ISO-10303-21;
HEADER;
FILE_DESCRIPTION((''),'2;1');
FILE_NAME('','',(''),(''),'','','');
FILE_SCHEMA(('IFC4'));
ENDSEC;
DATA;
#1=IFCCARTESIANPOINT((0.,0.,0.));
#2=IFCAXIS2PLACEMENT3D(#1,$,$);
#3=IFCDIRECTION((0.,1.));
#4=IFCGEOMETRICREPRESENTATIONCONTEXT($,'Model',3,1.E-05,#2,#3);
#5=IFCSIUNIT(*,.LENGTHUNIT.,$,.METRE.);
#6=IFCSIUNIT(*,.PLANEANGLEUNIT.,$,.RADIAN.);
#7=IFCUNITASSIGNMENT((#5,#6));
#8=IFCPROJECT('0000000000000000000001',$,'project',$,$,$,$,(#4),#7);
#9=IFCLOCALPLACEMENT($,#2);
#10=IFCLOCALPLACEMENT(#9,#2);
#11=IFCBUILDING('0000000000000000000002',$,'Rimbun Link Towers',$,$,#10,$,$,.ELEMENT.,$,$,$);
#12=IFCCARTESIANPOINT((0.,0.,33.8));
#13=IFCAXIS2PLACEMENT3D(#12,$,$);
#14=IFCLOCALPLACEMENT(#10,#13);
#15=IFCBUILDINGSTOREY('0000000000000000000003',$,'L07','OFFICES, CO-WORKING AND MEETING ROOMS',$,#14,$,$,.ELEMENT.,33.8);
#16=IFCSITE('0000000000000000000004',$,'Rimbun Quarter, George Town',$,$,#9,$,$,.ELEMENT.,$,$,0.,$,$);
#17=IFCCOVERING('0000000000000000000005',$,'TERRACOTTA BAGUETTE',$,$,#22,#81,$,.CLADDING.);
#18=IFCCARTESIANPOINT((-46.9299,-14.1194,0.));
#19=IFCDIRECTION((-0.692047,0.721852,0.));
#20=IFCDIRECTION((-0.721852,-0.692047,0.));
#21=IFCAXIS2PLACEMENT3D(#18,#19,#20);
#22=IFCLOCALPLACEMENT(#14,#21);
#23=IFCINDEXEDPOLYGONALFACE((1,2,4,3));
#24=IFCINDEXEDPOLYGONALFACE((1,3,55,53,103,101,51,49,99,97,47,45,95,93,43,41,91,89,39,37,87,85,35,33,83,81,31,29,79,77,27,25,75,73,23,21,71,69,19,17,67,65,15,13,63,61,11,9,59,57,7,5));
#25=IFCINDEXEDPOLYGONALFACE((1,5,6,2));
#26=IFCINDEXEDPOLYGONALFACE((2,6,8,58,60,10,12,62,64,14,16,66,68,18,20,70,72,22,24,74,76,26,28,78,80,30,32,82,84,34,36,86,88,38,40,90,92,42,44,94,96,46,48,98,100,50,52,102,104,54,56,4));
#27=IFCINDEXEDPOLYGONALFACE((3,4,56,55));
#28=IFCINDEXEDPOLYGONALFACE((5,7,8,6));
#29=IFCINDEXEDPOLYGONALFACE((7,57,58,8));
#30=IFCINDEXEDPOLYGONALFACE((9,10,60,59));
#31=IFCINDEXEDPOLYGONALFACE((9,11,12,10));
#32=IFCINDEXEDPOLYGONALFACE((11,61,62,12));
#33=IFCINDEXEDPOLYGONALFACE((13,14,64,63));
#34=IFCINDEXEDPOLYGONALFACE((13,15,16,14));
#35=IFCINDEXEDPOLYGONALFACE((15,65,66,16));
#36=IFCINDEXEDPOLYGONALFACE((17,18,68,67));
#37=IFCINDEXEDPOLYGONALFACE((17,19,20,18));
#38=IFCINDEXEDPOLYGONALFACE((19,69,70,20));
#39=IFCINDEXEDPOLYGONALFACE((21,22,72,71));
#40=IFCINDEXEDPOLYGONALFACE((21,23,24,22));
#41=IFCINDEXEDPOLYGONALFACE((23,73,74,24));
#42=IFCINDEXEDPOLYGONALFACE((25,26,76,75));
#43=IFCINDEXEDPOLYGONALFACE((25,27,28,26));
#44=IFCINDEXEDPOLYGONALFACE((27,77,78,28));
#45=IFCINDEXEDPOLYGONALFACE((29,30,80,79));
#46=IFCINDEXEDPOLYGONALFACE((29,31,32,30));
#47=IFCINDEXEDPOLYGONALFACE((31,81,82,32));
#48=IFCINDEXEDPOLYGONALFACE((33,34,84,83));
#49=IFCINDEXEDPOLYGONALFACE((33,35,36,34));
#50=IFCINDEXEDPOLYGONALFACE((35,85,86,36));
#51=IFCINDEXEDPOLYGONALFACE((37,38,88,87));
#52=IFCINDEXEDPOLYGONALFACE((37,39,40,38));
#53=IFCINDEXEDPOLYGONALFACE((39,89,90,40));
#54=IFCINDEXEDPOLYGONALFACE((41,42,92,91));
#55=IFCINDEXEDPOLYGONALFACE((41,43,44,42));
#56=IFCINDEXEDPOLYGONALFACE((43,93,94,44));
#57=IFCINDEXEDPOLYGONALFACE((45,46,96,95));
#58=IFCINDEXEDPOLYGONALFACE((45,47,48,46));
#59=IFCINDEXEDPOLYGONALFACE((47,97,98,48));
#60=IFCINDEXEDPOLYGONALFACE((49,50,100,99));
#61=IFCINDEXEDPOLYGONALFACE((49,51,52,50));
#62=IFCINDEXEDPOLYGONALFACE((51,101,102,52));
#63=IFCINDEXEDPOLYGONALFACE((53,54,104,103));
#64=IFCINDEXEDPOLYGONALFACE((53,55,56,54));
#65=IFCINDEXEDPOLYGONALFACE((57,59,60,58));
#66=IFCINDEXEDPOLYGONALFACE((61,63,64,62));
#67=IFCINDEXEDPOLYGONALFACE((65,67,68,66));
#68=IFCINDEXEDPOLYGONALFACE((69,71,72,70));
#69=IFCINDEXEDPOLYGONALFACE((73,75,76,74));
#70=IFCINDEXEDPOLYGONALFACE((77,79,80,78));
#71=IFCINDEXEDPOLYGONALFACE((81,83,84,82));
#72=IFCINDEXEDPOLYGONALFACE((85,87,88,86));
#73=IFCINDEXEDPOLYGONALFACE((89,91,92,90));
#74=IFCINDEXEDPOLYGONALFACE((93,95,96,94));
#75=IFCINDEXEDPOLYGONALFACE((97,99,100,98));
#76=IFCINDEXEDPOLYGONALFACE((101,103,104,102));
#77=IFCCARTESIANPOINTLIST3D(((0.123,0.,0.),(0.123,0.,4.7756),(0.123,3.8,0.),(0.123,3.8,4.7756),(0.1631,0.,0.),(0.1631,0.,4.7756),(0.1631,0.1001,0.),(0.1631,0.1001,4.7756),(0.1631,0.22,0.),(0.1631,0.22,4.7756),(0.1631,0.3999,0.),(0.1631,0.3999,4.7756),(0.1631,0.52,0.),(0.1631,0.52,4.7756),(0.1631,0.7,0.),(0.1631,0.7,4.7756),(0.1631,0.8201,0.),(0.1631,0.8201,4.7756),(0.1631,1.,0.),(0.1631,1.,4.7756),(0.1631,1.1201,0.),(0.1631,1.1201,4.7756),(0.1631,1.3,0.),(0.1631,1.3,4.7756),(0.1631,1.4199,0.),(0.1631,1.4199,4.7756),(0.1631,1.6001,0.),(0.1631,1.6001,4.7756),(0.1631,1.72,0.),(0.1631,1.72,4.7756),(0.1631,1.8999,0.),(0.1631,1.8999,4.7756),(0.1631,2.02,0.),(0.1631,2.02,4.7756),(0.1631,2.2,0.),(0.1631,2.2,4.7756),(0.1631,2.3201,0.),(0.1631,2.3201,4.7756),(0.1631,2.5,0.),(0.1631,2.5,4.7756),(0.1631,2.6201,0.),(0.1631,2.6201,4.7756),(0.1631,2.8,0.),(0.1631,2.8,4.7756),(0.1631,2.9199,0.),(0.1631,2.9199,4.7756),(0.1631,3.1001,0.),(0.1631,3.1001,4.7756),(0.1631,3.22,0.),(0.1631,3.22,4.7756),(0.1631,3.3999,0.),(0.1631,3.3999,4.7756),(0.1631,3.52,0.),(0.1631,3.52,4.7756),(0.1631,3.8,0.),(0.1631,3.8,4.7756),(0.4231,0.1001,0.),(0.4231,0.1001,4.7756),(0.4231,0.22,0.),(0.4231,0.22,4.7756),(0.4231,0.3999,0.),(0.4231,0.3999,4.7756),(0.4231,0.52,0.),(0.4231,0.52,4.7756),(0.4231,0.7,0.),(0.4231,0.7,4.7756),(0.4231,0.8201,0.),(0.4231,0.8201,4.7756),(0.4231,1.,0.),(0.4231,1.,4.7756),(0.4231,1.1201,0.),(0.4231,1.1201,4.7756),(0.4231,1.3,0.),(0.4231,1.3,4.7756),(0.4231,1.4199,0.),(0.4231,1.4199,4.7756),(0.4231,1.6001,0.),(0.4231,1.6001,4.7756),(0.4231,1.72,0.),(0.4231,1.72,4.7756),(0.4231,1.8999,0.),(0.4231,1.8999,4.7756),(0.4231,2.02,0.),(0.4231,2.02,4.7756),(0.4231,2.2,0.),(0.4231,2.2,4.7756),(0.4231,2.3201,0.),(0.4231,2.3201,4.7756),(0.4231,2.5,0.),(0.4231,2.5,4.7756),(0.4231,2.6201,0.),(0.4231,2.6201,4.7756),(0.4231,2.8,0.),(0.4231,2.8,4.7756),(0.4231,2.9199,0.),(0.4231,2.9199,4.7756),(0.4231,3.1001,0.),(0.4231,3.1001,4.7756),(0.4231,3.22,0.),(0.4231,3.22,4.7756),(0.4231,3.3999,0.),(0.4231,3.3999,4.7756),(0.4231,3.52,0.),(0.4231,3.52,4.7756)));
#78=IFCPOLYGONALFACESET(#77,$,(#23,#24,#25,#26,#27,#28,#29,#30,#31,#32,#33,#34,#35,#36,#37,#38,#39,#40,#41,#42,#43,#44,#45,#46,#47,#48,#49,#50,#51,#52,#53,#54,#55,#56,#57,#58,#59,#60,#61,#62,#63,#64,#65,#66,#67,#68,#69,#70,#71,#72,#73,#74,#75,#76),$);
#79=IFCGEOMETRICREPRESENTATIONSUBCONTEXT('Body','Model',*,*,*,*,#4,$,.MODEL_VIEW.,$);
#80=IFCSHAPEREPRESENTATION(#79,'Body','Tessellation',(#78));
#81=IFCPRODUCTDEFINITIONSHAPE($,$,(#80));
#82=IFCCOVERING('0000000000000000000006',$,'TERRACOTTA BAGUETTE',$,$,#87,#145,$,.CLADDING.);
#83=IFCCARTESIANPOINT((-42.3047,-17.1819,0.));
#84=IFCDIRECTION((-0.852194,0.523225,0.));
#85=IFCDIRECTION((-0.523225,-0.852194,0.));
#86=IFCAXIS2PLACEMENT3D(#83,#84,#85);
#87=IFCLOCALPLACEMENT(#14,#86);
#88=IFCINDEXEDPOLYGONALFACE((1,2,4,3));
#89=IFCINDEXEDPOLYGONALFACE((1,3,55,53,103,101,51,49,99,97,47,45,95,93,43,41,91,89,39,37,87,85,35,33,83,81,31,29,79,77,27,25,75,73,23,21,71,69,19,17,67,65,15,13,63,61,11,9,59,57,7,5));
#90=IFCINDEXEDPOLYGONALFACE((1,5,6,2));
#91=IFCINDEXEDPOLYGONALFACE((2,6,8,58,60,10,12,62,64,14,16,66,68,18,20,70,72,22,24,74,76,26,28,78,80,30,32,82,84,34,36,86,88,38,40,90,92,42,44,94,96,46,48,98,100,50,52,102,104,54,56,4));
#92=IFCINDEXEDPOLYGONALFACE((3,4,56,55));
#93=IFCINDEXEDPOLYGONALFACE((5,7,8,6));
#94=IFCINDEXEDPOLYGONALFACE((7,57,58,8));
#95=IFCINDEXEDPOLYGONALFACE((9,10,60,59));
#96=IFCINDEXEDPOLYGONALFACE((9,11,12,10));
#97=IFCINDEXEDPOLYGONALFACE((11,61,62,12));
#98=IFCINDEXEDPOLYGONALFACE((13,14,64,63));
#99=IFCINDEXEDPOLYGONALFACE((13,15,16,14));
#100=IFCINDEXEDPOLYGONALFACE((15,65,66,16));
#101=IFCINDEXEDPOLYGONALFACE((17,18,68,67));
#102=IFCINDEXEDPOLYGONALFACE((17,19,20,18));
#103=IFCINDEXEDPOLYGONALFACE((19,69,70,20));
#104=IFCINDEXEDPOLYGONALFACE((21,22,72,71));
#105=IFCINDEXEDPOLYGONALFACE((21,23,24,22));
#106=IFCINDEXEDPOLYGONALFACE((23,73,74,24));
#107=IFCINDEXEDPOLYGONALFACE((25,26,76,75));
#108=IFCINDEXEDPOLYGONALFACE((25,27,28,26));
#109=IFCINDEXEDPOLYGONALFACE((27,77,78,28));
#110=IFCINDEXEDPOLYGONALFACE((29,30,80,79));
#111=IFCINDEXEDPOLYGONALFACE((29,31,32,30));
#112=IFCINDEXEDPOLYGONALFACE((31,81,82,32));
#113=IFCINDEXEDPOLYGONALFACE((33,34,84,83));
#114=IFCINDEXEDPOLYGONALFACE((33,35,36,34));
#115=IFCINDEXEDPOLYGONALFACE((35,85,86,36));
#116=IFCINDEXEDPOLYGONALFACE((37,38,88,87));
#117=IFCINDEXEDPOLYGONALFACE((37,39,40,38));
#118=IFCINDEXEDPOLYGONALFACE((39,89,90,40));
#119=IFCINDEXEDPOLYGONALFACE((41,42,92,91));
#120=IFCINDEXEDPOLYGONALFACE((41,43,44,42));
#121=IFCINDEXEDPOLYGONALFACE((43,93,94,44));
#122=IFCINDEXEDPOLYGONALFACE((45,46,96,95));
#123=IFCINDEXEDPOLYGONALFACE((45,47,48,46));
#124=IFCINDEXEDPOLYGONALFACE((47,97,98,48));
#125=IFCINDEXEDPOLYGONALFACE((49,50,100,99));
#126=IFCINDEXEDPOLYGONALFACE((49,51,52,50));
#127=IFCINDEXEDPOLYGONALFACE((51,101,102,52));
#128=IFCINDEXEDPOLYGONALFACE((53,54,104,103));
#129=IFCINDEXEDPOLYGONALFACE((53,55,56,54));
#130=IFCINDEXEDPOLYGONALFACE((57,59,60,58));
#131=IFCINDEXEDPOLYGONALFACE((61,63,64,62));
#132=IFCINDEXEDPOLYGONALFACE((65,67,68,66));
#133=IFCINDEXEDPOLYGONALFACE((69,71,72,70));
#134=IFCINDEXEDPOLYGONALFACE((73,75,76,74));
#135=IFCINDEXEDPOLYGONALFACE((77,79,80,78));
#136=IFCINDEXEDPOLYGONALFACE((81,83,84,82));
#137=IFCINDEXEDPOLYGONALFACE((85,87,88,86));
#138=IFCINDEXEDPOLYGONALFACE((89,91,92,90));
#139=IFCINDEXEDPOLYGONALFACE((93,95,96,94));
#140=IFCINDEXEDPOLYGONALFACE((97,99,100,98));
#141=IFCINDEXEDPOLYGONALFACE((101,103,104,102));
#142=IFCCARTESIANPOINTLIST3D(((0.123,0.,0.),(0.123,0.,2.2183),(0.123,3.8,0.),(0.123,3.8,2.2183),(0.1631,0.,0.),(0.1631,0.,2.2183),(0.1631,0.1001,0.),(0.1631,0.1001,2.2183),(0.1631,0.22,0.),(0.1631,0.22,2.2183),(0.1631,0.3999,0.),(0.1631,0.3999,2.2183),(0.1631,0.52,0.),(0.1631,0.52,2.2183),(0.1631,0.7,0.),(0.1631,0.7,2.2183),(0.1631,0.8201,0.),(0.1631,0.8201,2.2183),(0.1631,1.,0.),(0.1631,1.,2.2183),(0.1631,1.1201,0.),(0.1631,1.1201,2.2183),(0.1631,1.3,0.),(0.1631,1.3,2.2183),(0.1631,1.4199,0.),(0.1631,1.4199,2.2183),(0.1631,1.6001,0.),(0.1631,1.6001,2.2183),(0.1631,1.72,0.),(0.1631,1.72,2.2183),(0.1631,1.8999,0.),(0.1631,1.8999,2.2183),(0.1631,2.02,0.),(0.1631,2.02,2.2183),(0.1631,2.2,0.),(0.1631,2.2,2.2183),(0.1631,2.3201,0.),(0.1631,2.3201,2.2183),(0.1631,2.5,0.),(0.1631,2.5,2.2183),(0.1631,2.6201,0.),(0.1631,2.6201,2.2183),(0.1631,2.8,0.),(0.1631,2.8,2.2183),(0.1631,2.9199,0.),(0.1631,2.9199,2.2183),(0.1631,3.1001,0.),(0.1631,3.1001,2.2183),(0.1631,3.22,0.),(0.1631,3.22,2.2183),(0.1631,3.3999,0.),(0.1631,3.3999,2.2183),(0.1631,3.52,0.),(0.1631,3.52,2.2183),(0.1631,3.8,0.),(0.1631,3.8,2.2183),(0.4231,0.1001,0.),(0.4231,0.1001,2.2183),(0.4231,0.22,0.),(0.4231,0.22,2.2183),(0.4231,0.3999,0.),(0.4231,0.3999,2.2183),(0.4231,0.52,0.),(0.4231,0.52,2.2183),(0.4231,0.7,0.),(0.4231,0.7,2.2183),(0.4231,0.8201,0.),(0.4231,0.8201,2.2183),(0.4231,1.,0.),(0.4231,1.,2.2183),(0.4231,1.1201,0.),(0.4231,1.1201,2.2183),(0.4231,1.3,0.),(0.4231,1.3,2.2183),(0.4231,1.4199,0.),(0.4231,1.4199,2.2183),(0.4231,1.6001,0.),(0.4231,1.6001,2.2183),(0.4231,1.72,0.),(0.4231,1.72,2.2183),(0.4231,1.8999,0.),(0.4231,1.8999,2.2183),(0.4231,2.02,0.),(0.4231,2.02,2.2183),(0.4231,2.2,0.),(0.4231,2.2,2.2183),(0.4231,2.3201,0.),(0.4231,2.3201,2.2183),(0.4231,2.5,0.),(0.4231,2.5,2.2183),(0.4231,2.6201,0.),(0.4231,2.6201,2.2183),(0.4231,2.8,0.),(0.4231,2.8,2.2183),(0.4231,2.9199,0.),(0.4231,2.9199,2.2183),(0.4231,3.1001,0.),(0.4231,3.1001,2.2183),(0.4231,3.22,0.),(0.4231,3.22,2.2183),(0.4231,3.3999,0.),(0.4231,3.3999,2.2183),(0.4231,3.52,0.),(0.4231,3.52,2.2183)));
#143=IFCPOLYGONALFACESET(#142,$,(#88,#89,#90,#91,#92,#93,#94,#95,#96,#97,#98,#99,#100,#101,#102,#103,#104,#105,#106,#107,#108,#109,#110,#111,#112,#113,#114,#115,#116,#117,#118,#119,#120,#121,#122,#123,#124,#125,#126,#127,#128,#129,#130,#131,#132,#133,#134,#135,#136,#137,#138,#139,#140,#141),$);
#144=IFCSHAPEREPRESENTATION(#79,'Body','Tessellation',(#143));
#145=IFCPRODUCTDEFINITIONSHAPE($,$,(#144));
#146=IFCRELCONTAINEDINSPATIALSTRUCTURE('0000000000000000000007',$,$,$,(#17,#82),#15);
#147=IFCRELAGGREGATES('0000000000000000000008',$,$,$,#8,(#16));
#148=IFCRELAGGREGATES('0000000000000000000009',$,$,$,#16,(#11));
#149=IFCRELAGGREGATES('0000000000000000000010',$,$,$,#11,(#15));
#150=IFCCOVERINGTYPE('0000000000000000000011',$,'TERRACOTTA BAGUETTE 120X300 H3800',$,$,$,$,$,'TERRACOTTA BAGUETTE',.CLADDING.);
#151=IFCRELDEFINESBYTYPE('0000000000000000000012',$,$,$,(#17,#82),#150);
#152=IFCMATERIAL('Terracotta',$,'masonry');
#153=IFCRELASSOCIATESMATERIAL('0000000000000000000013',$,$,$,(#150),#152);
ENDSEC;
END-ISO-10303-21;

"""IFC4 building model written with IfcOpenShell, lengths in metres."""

from ifc_helpers import new_model, si_unit, direction, frame, origin, place, context, subcontext, project, spatial, polyline, outline, extrude, material, material_profile, profile_set, type_object, element, save


model = new_model("IFC4")

# Units and contexts
model_context = context("Model", 3, precision=1e-05, world=origin(), true_north=direction((0.0, 1.0)))
body_context = subcontext(model_context, "Body", "Model", "MODEL_VIEW")
ifc_project = project(units=[si_unit("LENGTHUNIT", "METRE"), si_unit("PLANEANGLEUNIT", "RADIAN")], contexts=[model_context])

# Site, building, storey
site_placement = place(None, origin())
site = spatial("IfcSite", under=ifc_project, at=site_placement, Name="Rimbun Quarter, George Town", CompositionType="ELEMENT", RefElevation=0.0)
building_placement = place(site_placement, origin())
building = spatial("IfcBuilding", under=site, at=building_placement, Name="Rimbun Link Towers", CompositionType="ELEMENT")
storey_placement = place(building_placement, frame((0.0, 0.0, 33.8)))
storey = spatial("IfcBuildingStorey", under=building, at=storey_placement, Name="L07", Description="OFFICES, CO-WORKING AND MEETING ROOMS", CompositionType="ELEMENT", Elevation=33.8)

# Coverings
ifc_material_1 = material(Name="Terracotta", Category="masonry")
ifc_material_profile_1 = material_profile(ifc_material_1, outline(polyline([(0.123, 0.0), (0.1631, 0.0), (0.1631, 0.1001), (0.4231, 0.1001), (0.4231, 0.22), (0.1631, 0.22), (0.1631, 0.3999), (0.4231, 0.3999), (0.4231, 0.52), (0.1631, 0.52), (0.1631, 0.7), (0.4231, 0.7), (0.4231, 0.8201), (0.1631, 0.8201), (0.1631, 1.0), (0.4231, 1.0), (0.4231, 1.1201), (0.1631, 1.1201), (0.1631, 1.3), (0.4231, 1.3), (0.4231, 1.4199), (0.1631, 1.4199), (0.1631, 1.6001), (0.4231, 1.6001), (0.4231, 1.72), (0.1631, 1.72), (0.1631, 1.8999), (0.4231, 1.8999), (0.4231, 2.02), (0.1631, 2.02), (0.1631, 2.2), (0.4231, 2.2), (0.4231, 2.3201), (0.1631, 2.3201), (0.1631, 2.5), (0.4231, 2.5), (0.4231, 2.6201), (0.1631, 2.6201), (0.1631, 2.8), (0.4231, 2.8), (0.4231, 2.9199), (0.1631, 2.9199), (0.1631, 3.1001), (0.4231, 3.1001), (0.4231, 3.22), (0.1631, 3.22), (0.1631, 3.3999), (0.4231, 3.3999), (0.4231, 3.52), (0.1631, 3.52), (0.1631, 3.8), (0.123, 3.8), (0.123, 0.0)])), Name="BAGUETTE 120X300")
ifc_profile_set_1 = profile_set([ifc_material_profile_1], Name="Terracotta")
covering_type = type_object("IfcCoveringType", Name="TERRACOTTA BAGUETTE 120X300 H3800", ElementType="TERRACOTTA BAGUETTE", PredefinedType="CLADDING", material=ifc_profile_set_1)
covering_1_placement = place(storey_placement, frame((-46.9299, -14.1194, 0.0), z_axis=(-0.692047, 0.721852, 0.0), x_axis=(-0.721852, -0.692047, 0.0)))
element("IfcCovering", 1, at=covering_1_placement, inside=storey, type_object=covering_type, Name="TERRACOTTA BAGUETTE", PredefinedType="CLADDING", context=body_context, shape_type="SweptSolid", body=[
    extrude(outline(polyline([(0.123, 0.0), (0.1631, 0.0), (0.1631, 0.1001), (0.4231, 0.1001), (0.4231, 0.22), (0.1631, 0.22), (0.1631, 0.3999), (0.4231, 0.3999), (0.4231, 0.52), (0.1631, 0.52), (0.1631, 0.7), (0.4231, 0.7), (0.4231, 0.8201), (0.1631, 0.8201), (0.1631, 1.0), (0.4231, 1.0), (0.4231, 1.1201), (0.1631, 1.1201), (0.1631, 1.3), (0.4231, 1.3), (0.4231, 1.4199), (0.1631, 1.4199), (0.1631, 1.6001), (0.4231, 1.6001), (0.4231, 1.72), (0.1631, 1.72), (0.1631, 1.8999), (0.4231, 1.8999), (0.4231, 2.02), (0.1631, 2.02), (0.1631, 2.2), (0.4231, 2.2), (0.4231, 2.3201), (0.1631, 2.3201), (0.1631, 2.5), (0.4231, 2.5), (0.4231, 2.6201), (0.1631, 2.6201), (0.1631, 2.8), (0.4231, 2.8), (0.4231, 2.9199), (0.1631, 2.9199), (0.1631, 3.1001), (0.4231, 3.1001), (0.4231, 3.22), (0.1631, 3.22), (0.1631, 3.3999), (0.4231, 3.3999), (0.4231, 3.52), (0.1631, 3.52), (0.1631, 3.8), (0.123, 3.8), (0.123, 0.0)])), origin(), (0.0, 0.0, 1.0), 4.7756),
])
covering_2_placement = place(storey_placement, frame((-42.3047, -17.1819, 0.0), z_axis=(-0.852194, 0.523225, 0.0), x_axis=(-0.523225, -0.852194, 0.0)))
element("IfcCovering", 2, at=covering_2_placement, inside=storey, type_object=covering_type, Name="TERRACOTTA BAGUETTE", PredefinedType="CLADDING", context=body_context, shape_type="SweptSolid", body=[
    extrude(outline(polyline([(0.123, 0.0), (0.1631, 0.0), (0.1631, 0.1001), (0.4231, 0.1001), (0.4231, 0.22), (0.1631, 0.22), (0.1631, 0.3999), (0.4231, 0.3999), (0.4231, 0.52), (0.1631, 0.52), (0.1631, 0.7), (0.4231, 0.7), (0.4231, 0.8201), (0.1631, 0.8201), (0.1631, 1.0), (0.4231, 1.0), (0.4231, 1.1201), (0.1631, 1.1201), (0.1631, 1.3), (0.4231, 1.3), (0.4231, 1.4199), (0.1631, 1.4199), (0.1631, 1.6001), (0.4231, 1.6001), (0.4231, 1.72), (0.1631, 1.72), (0.1631, 1.8999), (0.4231, 1.8999), (0.4231, 2.02), (0.1631, 2.02), (0.1631, 2.2), (0.4231, 2.2), (0.4231, 2.3201), (0.1631, 2.3201), (0.1631, 2.5), (0.4231, 2.5), (0.4231, 2.6201), (0.1631, 2.6201), (0.1631, 2.8), (0.4231, 2.8), (0.4231, 2.9199), (0.1631, 2.9199), (0.1631, 3.1001), (0.4231, 3.1001), (0.4231, 3.22), (0.1631, 3.22), (0.1631, 3.3999), (0.4231, 3.3999), (0.4231, 3.52), (0.1631, 3.52), (0.1631, 3.8), (0.123, 3.8), (0.123, 0.0)])), origin(), (0.0, 0.0, 1.0), 2.2183),
])

save(model, "model.ifc")
